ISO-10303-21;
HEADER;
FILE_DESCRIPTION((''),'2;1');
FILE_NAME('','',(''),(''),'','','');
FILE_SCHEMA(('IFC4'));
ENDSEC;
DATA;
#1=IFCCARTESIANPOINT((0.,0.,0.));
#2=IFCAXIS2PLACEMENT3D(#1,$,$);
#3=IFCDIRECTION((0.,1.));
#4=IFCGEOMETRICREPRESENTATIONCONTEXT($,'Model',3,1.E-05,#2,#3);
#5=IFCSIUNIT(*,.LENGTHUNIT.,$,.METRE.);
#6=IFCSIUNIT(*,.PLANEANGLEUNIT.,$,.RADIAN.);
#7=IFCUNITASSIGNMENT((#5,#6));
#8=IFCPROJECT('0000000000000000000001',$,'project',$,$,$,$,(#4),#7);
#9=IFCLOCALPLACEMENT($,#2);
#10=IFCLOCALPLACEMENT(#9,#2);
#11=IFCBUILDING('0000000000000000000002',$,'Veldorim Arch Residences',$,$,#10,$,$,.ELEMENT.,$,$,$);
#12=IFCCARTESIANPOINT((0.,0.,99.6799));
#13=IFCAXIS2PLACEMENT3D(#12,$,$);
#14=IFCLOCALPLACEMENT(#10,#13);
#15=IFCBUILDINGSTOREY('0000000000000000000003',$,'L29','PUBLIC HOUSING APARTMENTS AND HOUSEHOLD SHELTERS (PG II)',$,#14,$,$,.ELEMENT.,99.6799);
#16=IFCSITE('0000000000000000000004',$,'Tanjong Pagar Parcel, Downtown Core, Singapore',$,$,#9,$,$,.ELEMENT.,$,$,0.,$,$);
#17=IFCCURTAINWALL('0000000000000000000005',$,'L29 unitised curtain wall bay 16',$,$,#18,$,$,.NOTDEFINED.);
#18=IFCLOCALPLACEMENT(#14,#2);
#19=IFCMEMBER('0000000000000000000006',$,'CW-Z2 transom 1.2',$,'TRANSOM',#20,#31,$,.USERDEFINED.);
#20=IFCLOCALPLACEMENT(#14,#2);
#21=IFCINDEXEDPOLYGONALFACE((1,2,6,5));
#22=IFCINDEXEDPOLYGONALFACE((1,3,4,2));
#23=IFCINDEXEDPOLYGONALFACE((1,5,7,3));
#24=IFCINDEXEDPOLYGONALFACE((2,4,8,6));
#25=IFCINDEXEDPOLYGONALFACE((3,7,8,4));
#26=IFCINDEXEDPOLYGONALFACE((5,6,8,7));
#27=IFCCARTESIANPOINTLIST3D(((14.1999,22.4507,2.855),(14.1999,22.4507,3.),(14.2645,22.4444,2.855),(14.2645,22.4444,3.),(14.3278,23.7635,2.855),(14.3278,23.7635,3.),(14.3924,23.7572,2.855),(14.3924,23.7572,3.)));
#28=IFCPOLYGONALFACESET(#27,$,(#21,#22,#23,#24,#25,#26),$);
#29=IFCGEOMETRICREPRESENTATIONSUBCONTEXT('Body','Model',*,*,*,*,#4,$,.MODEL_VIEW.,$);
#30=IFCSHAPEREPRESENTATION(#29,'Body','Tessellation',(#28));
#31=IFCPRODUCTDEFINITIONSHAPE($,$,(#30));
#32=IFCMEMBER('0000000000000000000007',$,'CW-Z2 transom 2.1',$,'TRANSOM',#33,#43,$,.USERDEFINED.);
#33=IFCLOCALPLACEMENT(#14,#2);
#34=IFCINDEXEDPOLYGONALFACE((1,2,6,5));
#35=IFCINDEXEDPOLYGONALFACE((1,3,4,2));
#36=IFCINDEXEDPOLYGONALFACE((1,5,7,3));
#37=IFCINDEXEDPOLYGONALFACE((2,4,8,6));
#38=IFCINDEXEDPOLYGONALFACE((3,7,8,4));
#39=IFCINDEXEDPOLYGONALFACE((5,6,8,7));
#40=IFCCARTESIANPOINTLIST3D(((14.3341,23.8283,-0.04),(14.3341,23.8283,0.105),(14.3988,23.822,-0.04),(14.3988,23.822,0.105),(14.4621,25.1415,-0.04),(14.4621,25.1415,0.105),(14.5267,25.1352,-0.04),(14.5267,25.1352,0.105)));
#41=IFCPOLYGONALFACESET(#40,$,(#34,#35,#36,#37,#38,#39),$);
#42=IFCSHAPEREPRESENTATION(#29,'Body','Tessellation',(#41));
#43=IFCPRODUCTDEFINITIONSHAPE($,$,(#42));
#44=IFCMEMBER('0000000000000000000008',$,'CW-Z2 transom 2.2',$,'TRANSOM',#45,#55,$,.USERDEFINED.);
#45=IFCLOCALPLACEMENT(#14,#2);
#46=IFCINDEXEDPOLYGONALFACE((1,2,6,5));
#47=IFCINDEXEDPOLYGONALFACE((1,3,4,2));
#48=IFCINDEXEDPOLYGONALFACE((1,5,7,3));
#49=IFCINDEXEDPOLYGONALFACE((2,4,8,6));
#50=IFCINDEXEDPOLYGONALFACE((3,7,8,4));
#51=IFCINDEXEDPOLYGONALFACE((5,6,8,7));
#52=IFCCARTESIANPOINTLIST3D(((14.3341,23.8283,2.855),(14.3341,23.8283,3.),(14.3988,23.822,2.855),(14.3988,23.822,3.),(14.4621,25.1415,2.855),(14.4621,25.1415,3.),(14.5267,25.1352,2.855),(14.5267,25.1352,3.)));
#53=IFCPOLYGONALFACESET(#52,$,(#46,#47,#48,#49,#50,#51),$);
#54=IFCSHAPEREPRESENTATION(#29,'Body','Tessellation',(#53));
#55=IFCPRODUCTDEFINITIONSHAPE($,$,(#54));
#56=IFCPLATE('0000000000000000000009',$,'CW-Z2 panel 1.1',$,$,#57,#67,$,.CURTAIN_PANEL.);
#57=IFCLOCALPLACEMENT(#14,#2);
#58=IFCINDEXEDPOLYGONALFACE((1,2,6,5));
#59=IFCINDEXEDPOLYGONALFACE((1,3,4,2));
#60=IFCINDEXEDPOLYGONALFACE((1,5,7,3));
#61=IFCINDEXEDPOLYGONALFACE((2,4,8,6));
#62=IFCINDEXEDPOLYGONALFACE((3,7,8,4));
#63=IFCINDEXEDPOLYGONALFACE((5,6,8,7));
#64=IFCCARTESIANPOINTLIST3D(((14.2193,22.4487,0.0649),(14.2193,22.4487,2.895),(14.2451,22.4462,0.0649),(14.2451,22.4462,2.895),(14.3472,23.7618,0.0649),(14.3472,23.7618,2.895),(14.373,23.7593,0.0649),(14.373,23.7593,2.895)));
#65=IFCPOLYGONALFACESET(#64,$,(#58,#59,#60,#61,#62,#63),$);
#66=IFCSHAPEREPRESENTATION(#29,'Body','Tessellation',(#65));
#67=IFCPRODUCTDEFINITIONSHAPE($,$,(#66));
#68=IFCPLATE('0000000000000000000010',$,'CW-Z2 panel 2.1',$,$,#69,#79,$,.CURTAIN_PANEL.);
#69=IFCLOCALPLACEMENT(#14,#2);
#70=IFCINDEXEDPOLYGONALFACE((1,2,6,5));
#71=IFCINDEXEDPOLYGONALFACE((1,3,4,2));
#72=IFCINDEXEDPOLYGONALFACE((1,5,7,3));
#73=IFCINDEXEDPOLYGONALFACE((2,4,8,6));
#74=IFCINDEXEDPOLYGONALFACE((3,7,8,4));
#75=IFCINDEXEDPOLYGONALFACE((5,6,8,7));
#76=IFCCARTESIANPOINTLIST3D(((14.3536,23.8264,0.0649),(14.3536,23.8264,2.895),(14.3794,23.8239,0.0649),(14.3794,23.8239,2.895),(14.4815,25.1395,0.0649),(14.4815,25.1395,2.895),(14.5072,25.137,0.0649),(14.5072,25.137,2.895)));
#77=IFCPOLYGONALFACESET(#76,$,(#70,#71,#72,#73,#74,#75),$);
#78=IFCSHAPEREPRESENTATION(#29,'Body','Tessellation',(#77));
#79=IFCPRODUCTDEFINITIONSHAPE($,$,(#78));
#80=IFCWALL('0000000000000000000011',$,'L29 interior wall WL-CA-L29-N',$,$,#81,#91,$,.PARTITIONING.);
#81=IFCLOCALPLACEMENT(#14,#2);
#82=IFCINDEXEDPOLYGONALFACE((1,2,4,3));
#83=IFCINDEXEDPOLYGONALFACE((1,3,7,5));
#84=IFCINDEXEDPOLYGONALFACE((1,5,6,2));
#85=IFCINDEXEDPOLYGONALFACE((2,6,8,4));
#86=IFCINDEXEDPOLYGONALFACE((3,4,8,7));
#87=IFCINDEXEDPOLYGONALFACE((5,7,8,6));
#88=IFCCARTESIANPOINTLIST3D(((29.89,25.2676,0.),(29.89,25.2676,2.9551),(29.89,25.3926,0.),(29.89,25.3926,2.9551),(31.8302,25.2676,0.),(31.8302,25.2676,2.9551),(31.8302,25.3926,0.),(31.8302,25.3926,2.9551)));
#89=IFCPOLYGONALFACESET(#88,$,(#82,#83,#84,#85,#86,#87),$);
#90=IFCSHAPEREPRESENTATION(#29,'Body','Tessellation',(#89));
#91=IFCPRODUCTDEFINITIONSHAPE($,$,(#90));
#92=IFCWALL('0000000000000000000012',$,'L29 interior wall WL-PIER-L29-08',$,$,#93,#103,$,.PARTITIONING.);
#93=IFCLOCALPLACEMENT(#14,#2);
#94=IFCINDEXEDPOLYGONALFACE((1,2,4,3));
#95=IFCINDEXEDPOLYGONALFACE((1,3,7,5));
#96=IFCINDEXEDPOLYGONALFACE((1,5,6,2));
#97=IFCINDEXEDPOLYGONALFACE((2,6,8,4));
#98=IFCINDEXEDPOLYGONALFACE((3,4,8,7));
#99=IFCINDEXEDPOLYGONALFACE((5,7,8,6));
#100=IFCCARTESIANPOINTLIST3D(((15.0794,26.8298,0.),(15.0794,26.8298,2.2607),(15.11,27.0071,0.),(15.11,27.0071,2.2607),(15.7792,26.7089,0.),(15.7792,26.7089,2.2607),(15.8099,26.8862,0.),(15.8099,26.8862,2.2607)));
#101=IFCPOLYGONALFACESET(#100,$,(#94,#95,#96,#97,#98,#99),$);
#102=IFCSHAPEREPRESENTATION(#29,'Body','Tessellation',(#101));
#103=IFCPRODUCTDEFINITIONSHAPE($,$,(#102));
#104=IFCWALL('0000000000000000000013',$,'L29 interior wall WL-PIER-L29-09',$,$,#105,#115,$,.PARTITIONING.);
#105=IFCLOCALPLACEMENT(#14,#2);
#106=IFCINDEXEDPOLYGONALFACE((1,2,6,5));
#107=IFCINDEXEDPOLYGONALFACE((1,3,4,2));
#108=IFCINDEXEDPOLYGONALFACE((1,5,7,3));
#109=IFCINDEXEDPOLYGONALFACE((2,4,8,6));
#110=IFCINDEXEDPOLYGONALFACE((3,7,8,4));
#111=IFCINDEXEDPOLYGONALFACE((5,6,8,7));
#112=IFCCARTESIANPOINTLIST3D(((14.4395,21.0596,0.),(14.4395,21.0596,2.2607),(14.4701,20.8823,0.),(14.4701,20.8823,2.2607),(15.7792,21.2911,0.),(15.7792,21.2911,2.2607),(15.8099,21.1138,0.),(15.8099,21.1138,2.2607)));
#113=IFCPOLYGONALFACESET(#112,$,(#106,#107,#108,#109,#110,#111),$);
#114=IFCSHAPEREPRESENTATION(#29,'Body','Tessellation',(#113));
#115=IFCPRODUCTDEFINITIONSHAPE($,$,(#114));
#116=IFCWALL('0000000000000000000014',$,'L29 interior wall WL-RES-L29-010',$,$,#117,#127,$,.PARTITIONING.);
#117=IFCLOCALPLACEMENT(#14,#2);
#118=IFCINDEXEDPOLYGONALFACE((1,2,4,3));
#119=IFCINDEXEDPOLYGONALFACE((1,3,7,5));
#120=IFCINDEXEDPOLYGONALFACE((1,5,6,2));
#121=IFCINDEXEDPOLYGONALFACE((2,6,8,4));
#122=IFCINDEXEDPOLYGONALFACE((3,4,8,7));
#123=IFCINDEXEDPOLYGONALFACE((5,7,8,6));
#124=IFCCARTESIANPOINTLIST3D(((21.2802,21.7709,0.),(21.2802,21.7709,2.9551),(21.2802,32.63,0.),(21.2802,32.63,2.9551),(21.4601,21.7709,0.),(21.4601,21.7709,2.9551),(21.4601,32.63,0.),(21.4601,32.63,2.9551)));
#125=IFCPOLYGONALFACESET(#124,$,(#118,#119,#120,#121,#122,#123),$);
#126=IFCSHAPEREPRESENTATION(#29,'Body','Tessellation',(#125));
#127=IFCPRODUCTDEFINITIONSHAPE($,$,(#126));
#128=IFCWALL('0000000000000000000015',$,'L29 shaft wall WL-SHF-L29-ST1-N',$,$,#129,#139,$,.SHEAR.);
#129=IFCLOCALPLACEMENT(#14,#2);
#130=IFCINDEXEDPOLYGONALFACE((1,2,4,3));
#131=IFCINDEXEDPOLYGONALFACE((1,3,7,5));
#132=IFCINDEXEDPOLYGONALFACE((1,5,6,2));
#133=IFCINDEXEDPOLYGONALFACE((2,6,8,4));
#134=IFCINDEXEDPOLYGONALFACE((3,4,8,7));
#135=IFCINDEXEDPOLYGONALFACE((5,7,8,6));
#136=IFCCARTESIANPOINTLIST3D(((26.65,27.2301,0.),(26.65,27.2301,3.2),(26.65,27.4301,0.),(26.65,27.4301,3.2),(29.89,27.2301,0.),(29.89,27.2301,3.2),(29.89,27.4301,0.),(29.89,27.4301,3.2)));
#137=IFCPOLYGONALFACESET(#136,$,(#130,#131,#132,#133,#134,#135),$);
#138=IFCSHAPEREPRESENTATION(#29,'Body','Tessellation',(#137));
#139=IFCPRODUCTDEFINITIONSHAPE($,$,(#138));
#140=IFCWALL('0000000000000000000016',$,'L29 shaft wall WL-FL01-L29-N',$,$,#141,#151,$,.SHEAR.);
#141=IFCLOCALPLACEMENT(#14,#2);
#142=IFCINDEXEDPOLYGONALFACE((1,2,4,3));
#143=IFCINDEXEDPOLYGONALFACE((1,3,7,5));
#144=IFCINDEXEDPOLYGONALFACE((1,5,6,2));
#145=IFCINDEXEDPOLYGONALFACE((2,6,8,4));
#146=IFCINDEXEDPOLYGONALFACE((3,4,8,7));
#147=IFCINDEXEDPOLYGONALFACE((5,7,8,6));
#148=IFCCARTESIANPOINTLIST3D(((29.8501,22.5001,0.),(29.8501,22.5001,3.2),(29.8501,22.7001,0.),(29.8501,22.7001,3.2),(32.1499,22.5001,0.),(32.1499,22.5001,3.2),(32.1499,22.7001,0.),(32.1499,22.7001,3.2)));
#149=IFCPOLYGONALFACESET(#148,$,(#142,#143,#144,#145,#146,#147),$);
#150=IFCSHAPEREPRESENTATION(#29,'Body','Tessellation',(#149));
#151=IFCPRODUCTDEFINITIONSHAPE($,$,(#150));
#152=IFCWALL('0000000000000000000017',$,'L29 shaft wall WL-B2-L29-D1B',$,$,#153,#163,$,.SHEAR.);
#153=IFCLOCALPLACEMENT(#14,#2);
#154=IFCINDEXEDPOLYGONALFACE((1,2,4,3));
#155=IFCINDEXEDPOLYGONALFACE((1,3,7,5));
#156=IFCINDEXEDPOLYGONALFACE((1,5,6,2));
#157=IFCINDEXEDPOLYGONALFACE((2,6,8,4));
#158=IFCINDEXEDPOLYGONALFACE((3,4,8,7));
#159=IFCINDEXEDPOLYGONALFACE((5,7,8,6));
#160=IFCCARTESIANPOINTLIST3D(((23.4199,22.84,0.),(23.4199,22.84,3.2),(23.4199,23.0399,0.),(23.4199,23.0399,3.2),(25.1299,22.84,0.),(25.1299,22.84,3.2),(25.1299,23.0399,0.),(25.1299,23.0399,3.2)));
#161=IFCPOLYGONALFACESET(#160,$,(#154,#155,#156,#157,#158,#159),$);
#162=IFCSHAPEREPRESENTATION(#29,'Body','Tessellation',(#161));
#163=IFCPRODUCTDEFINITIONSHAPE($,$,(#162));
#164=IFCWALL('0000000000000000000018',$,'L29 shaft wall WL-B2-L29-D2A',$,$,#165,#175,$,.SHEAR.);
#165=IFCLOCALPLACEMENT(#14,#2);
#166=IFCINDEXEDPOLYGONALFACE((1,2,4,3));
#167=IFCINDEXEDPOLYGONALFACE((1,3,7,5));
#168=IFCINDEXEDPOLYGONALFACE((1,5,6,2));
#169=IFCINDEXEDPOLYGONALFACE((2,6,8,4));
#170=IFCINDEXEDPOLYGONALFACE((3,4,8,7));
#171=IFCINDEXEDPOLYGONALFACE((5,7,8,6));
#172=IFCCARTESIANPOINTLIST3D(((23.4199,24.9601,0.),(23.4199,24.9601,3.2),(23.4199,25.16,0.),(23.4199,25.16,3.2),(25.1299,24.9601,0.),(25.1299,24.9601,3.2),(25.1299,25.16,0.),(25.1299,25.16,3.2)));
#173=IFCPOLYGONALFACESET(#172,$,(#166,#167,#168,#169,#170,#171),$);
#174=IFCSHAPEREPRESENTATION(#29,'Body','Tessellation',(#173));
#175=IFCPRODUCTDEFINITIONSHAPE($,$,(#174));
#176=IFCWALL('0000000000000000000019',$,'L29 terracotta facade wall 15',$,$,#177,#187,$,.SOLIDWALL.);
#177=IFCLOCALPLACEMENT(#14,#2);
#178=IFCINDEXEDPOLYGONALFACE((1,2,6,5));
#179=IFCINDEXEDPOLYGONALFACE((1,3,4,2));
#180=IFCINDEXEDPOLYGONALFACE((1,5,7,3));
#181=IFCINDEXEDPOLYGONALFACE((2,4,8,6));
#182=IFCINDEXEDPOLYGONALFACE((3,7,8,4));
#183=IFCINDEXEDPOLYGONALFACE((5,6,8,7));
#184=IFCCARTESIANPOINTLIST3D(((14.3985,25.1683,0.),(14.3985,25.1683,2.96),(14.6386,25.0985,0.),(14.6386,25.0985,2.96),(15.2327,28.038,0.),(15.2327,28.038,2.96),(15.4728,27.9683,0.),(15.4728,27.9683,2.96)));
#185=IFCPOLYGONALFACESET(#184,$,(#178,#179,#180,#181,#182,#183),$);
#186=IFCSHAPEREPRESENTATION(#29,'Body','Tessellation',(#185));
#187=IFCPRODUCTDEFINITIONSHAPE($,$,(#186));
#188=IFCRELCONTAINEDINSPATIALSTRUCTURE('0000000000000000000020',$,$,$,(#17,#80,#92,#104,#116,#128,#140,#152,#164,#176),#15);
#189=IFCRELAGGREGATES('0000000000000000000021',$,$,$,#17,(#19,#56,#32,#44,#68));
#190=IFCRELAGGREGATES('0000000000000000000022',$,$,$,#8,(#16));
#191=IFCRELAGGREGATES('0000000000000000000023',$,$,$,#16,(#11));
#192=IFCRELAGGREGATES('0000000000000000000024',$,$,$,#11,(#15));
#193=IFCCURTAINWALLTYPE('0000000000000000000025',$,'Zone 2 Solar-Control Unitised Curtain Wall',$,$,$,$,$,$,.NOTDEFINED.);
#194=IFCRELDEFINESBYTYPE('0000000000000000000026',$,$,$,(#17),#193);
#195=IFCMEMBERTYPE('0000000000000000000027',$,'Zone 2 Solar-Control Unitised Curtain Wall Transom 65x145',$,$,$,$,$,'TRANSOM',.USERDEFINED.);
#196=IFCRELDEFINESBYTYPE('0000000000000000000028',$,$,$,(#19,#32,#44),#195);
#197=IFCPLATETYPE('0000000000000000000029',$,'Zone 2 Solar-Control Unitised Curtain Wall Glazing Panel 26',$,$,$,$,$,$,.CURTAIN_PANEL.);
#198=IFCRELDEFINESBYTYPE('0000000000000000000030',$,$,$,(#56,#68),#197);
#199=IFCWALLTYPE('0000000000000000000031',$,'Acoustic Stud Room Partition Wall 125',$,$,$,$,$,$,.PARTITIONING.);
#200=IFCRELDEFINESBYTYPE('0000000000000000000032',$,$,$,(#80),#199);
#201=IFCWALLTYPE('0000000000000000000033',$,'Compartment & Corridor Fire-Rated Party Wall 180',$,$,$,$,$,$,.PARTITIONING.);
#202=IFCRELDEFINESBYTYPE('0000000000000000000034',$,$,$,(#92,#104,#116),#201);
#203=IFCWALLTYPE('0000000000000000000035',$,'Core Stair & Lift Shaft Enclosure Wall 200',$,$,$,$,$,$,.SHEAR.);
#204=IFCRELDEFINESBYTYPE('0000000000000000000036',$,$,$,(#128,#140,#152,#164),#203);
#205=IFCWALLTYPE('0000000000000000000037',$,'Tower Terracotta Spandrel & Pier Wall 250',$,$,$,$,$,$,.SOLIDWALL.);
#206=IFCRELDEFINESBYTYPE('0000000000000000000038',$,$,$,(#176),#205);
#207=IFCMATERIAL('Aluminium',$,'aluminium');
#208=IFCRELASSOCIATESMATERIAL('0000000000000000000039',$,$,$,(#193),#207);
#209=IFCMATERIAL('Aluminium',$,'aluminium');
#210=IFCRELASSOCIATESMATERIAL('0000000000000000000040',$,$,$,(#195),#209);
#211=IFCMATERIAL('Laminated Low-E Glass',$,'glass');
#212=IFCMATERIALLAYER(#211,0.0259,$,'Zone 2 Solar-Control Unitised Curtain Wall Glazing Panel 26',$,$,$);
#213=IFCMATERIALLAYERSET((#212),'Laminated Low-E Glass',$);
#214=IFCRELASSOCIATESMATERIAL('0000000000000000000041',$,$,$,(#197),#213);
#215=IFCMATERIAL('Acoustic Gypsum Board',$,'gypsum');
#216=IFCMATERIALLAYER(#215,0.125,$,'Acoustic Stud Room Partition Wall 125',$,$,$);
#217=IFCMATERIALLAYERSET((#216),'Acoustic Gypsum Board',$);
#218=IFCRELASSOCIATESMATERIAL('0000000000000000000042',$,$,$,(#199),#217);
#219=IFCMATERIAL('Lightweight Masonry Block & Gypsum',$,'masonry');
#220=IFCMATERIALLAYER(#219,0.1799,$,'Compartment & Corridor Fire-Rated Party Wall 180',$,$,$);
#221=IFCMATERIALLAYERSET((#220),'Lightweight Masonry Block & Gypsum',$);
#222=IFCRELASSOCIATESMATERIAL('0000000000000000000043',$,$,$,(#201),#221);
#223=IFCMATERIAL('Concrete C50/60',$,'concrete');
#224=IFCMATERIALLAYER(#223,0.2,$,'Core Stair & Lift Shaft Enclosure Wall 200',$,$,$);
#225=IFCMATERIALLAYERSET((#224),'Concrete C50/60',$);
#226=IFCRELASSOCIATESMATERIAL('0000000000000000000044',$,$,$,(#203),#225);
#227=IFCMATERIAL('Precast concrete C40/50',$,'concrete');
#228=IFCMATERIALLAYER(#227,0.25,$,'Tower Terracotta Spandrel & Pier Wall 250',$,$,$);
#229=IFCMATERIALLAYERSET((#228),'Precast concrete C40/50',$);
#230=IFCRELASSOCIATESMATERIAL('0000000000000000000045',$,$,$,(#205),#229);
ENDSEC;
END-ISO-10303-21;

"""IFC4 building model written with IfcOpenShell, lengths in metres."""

from ifc_helpers import new_model, si_unit, direction, frame, frame_2d, origin, origin_2d, place, context, subcontext, project, spatial, rectangle, extrude, material, layer, layer_set, material_profile, profile_set, type_object, element, aggregate, save


model = new_model("IFC4")

# Units and contexts
model_context = context("Model", 3, precision=1e-05, world=origin(), true_north=direction((0.0, 1.0)))
body_context = subcontext(model_context, "Body", "Model", "MODEL_VIEW")
ifc_project = project(units=[si_unit("LENGTHUNIT", "METRE"), si_unit("PLANEANGLEUNIT", "RADIAN")], contexts=[model_context])

# Site, building, storey
site_placement = place(None, origin())
site = spatial("IfcSite", under=ifc_project, at=site_placement, Name="Tanjong Pagar Parcel, Downtown Core, Singapore", CompositionType="ELEMENT", RefElevation=0.0)
building_placement = place(site_placement, origin())
building = spatial("IfcBuilding", under=site, at=building_placement, Name="Veldorim Arch Residences", CompositionType="ELEMENT")
storey_placement = place(building_placement, frame((0.0, 0.0, 99.6799)))
storey = spatial("IfcBuildingStorey", under=building, at=storey_placement, Name="L29", Description="PUBLIC HOUSING APARTMENTS AND HOUSEHOLD SHELTERS (PG II)", CompositionType="ELEMENT", Elevation=99.6799)

# Curtain wall, members, plates
ifc_material_1 = material(Name="Aluminium", Category="aluminium")
curtain_wall_type = type_object("IfcCurtainWallType", Name="Zone 2 Solar-Control Unitised Curtain Wall", PredefinedType="NOTDEFINED", material=ifc_material_1)
curtain_wall_placement = place(storey_placement, origin())
curtain_wall = element("IfcCurtainWall", 1, at=curtain_wall_placement, inside=storey, type_object=curtain_wall_type, Name="L29 unitised curtain wall bay 16", PredefinedType="NOTDEFINED")
ifc_material_2 = material(Name="Aluminium", Category="aluminium")
ifc_material_profile_1 = material_profile(ifc_material_2, rectangle(XDim=0.0649, YDim=0.145, at=origin_2d()), Name="ALU_TRN_65x145")
ifc_profile_set_1 = profile_set([ifc_material_profile_1], Name="Aluminium")
member_type_1 = type_object("IfcMemberType", Name="Zone 2 Solar-Control Unitised Curtain Wall Transom 65x145", ElementType="TRANSOM", PredefinedType="USERDEFINED", material=ifc_profile_set_1)
member_1_placement = place(storey_placement, frame((14.2322, 22.4475, 2.9275), z_axis=(0.096975, 0.995287, 0.0), x_axis=(-0.995287, 0.096975, 0.0)))
member_1 = element("IfcMember", 2, at=member_1_placement, type_object=member_type_1, Name="CW-Z2 transom 1.2", ObjectType="TRANSOM", PredefinedType="USERDEFINED", context=body_context, shape_type="SweptSolid", body=[
    extrude(rectangle(XDim=0.0649, YDim=0.145, at=origin_2d()), origin(), (0.0, 0.0, 1.0), 1.3191),
])
member_2_placement = place(storey_placement, frame((14.3665, 23.8252, 0.0325), z_axis=(0.096957, 0.995289, 0.0), x_axis=(-0.995289, 0.096957, 0.0)))
member_2 = element("IfcMember", 3, at=member_2_placement, type_object=member_type_1, Name="CW-Z2 transom 2.1", ObjectType="TRANSOM", PredefinedType="USERDEFINED", context=body_context, shape_type="SweptSolid", body=[
    extrude(rectangle(XDim=0.0649, YDim=0.145, at=origin_2d()), origin(), (0.0, 0.0, 1.0), 1.3193),
])
member_3_placement = place(storey_placement, frame((14.3665, 23.8252, 2.9275), z_axis=(0.096957, 0.995289, 0.0), x_axis=(-0.995289, 0.096957, 0.0)))
member_3 = element("IfcMember", 4, at=member_3_placement, type_object=member_type_1, Name="CW-Z2 transom 2.2", ObjectType="TRANSOM", PredefinedType="USERDEFINED", context=body_context, shape_type="SweptSolid", body=[
    extrude(rectangle(XDim=0.0649, YDim=0.145, at=origin_2d()), origin(), (0.0, 0.0, 1.0), 1.3193),
])
ifc_material_3 = material(Name="Laminated Low-E Glass", Category="glass")
ifc_layer_1 = layer(ifc_material_3, 0.0259, Name="Zone 2 Solar-Control Unitised Curtain Wall Glazing Panel 26")
ifc_layer_set_1 = layer_set([ifc_layer_1], Name="Laminated Low-E Glass")
plate_type = type_object("IfcPlateType", Name="Zone 2 Solar-Control Unitised Curtain Wall Glazing Panel 26", PredefinedType="CURTAIN_PANEL", material=ifc_layer_set_1)
plate_1_placement = place(storey_placement, frame((14.2961, 23.104, 0.0649), z_axis=(0.0, 0.0, 1.0), x_axis=(0.096914, 0.995293, 0.0)))
plate_1 = element("IfcPlate", 5, at=plate_1_placement, type_object=plate_type, Name="CW-Z2 panel 1.1", PredefinedType="CURTAIN_PANEL", context=body_context, shape_type="SweptSolid", body=[
    extrude(rectangle(XDim=1.3193, YDim=0.0259, at=origin_2d()), origin(), (0.0, 0.0, 1.0), 2.8301),
])
plate_2_placement = place(storey_placement, frame((14.4304, 24.4817, 0.0649), z_axis=(0.0, 0.0, 1.0), x_axis=(0.096914, 0.995293, 0.0)))
plate_2 = element("IfcPlate", 6, at=plate_2_placement, type_object=plate_type, Name="CW-Z2 panel 2.1", PredefinedType="CURTAIN_PANEL", context=body_context, shape_type="SweptSolid", body=[
    extrude(rectangle(XDim=1.3193, YDim=0.0259, at=origin_2d()), origin(), (0.0, 0.0, 1.0), 2.8301),
])
aggregate(curtain_wall, [member_1, plate_1, member_2, member_3, plate_2])

# Walls
ifc_material_4 = material(Name="Acoustic Gypsum Board", Category="gypsum")
ifc_layer_2 = layer(ifc_material_4, 0.125, Name="Acoustic Stud Room Partition Wall 125")
ifc_layer_set_2 = layer_set([ifc_layer_2], Name="Acoustic Gypsum Board")
wall_type_1 = type_object("IfcWallType", Name="Acoustic Stud Room Partition Wall 125", PredefinedType="PARTITIONING", material=ifc_layer_set_2)
wall_1_placement = place(storey_placement, frame((29.8899, 25.3301, 0.0), z_axis=(0.0, 0.0, 1.0), x_axis=(1.0, 0.0, 0.0)))
element("IfcWall", 7, at=wall_1_placement, inside=storey, type_object=wall_type_1, Name="L29 interior wall WL-CA-L29-N", PredefinedType="PARTITIONING", context=body_context, shape_type="SweptSolid", body=[
    extrude(rectangle(XDim=1.9402, YDim=0.125, at=frame_2d((0.9702, 0.0))), origin(), (0.0, 0.0, 1.0), 2.9551),
])
ifc_material_5 = material(Name="Lightweight Masonry Block & Gypsum", Category="masonry")
ifc_layer_3 = layer(ifc_material_5, 0.1799, Name="Compartment & Corridor Fire-Rated Party Wall 180")
ifc_layer_set_3 = layer_set([ifc_layer_3], Name="Lightweight Masonry Block & Gypsum")
wall_type_2 = type_object("IfcWallType", Name="Compartment & Corridor Fire-Rated Party Wall 180", PredefinedType="PARTITIONING", material=ifc_layer_set_3)
wall_2_placement = place(storey_placement, frame((15.7944, 26.7976, 0.0), z_axis=(0.0, 0.0, 1.0), x_axis=(-0.98542, 0.170137, 0.0)))
element("IfcWall", 8, at=wall_2_placement, inside=storey, type_object=wall_type_2, Name="L29 interior wall WL-PIER-L29-08", PredefinedType="PARTITIONING", context=body_context, shape_type="SweptSolid", body=[
    extrude(rectangle(XDim=0.7102, YDim=0.1799, at=frame_2d((0.355, 0.0))), origin(), (0.0, 0.0, 1.0), 2.2607),
])
wall_3_placement = place(storey_placement, frame((15.7944, 21.2024, 0.0), z_axis=(0.0, 0.0, 1.0), x_axis=(-0.985406, -0.17022, 0.0)))
element("IfcWall", 9, at=wall_3_placement, inside=storey, type_object=wall_type_2, Name="L29 interior wall WL-PIER-L29-09", PredefinedType="PARTITIONING", context=body_context, shape_type="SweptSolid", body=[
    extrude(rectangle(XDim=1.3596, YDim=0.1799, at=frame_2d((0.6797, 0.0))), origin(), (0.0, 0.0, 1.0), 2.2607),
])
wall_4_placement = place(storey_placement, frame((21.3701, 21.7708, 0.0), z_axis=(0.0, 0.0, 1.0), x_axis=(0.0, 1.0, 0.0)))
element("IfcWall", 10, at=wall_4_placement, inside=storey, type_object=wall_type_2, Name="L29 interior wall WL-RES-L29-010", PredefinedType="PARTITIONING", context=body_context, shape_type="SweptSolid", body=[
    extrude(rectangle(XDim=10.8591, YDim=0.1799, at=frame_2d((5.4297, 0.0))), origin(), (0.0, 0.0, 1.0), 2.9551),
])
ifc_material_6 = material(Name="Concrete C50/60", Category="concrete")
ifc_layer_4 = layer(ifc_material_6, 0.2, Name="Core Stair & Lift Shaft Enclosure Wall 200")
ifc_layer_set_4 = layer_set([ifc_layer_4], Name="Concrete C50/60")
wall_type_3 = type_object("IfcWallType", Name="Core Stair & Lift Shaft Enclosure Wall 200", PredefinedType="SHEAR", material=ifc_layer_set_4)
wall_5_placement = place(storey_placement, frame((26.6499, 27.3301, 0.0), z_axis=(0.0, 0.0, 1.0), x_axis=(1.0, 0.0, 0.0)))
element("IfcWall", 11, at=wall_5_placement, inside=storey, type_object=wall_type_3, Name="L29 shaft wall WL-SHF-L29-ST1-N", PredefinedType="SHEAR", context=body_context, shape_type="SweptSolid", body=[
    extrude(rectangle(XDim=3.24, YDim=0.2, at=frame_2d((1.6201, 0.0))), origin(), (0.0, 0.0, 1.0), 3.2),
])
wall_6_placement = place(storey_placement, frame((29.8501, 22.6001, 0.0), z_axis=(0.0, 0.0, 1.0), x_axis=(1.0, 0.0, 0.0)))
element("IfcWall", 12, at=wall_6_placement, inside=storey, type_object=wall_type_3, Name="L29 shaft wall WL-FL01-L29-N", PredefinedType="SHEAR", context=body_context, shape_type="SweptSolid", body=[
    extrude(rectangle(XDim=2.2998, YDim=0.2, at=frame_2d((1.1499, 0.0))), origin(), (0.0, 0.0, 1.0), 3.2),
])
for number, where, z_axis, x_axis, name in (
    (13, (23.4199, 22.9399, 0.0), (0.0, 0.0, 1.0), (1.0, 0.0, 0.0), "L29 shaft wall WL-B2-L29-D1B"),
    (14, (23.4199, 25.0601, 0.0), (0.0, 0.0, 1.0), (1.0, 0.0, 0.0), "L29 shaft wall WL-B2-L29-D2A"),
):
    element("IfcWall", number, at=place(storey_placement, frame(where, z_axis=z_axis, x_axis=x_axis)), inside=storey, type_object=wall_type_3, Name=name, PredefinedType="SHEAR", context=body_context, shape_type="SweptSolid", body=[
        extrude(rectangle(XDim=1.71, YDim=0.2, at=frame_2d((0.855, 0.0))), origin(), (0.0, 0.0, 1.0), 3.2),
    ])
ifc_material_7 = material(Name="Precast concrete C40/50", Category="concrete")
ifc_layer_5 = layer(ifc_material_7, 0.25, Name="Tower Terracotta Spandrel & Pier Wall 250")
ifc_layer_set_5 = layer_set([ifc_layer_5], Name="Precast concrete C40/50")
wall_type_4 = type_object("IfcWallType", Name="Tower Terracotta Spandrel & Pier Wall 250", PredefinedType="SOLIDWALL", material=ifc_layer_set_5)
wall_7_placement = place(storey_placement, frame((14.5186, 25.1335, 0.0), z_axis=(0.0, 0.0, 1.0), x_axis=(0.279153, 0.960247, 0.0)))
element("IfcWall", 15, at=wall_7_placement, inside=storey, type_object=wall_type_4, Name="L29 terracotta facade wall 15", PredefinedType="SOLIDWALL", context=body_context, shape_type="SweptSolid", body=[
    extrude(rectangle(XDim=2.9885, YDim=0.25, at=frame_2d((1.4941, 0.0))), origin(), (0.0, 0.0, 1.0), 2.96),
])

save(model, "model.ifc")
